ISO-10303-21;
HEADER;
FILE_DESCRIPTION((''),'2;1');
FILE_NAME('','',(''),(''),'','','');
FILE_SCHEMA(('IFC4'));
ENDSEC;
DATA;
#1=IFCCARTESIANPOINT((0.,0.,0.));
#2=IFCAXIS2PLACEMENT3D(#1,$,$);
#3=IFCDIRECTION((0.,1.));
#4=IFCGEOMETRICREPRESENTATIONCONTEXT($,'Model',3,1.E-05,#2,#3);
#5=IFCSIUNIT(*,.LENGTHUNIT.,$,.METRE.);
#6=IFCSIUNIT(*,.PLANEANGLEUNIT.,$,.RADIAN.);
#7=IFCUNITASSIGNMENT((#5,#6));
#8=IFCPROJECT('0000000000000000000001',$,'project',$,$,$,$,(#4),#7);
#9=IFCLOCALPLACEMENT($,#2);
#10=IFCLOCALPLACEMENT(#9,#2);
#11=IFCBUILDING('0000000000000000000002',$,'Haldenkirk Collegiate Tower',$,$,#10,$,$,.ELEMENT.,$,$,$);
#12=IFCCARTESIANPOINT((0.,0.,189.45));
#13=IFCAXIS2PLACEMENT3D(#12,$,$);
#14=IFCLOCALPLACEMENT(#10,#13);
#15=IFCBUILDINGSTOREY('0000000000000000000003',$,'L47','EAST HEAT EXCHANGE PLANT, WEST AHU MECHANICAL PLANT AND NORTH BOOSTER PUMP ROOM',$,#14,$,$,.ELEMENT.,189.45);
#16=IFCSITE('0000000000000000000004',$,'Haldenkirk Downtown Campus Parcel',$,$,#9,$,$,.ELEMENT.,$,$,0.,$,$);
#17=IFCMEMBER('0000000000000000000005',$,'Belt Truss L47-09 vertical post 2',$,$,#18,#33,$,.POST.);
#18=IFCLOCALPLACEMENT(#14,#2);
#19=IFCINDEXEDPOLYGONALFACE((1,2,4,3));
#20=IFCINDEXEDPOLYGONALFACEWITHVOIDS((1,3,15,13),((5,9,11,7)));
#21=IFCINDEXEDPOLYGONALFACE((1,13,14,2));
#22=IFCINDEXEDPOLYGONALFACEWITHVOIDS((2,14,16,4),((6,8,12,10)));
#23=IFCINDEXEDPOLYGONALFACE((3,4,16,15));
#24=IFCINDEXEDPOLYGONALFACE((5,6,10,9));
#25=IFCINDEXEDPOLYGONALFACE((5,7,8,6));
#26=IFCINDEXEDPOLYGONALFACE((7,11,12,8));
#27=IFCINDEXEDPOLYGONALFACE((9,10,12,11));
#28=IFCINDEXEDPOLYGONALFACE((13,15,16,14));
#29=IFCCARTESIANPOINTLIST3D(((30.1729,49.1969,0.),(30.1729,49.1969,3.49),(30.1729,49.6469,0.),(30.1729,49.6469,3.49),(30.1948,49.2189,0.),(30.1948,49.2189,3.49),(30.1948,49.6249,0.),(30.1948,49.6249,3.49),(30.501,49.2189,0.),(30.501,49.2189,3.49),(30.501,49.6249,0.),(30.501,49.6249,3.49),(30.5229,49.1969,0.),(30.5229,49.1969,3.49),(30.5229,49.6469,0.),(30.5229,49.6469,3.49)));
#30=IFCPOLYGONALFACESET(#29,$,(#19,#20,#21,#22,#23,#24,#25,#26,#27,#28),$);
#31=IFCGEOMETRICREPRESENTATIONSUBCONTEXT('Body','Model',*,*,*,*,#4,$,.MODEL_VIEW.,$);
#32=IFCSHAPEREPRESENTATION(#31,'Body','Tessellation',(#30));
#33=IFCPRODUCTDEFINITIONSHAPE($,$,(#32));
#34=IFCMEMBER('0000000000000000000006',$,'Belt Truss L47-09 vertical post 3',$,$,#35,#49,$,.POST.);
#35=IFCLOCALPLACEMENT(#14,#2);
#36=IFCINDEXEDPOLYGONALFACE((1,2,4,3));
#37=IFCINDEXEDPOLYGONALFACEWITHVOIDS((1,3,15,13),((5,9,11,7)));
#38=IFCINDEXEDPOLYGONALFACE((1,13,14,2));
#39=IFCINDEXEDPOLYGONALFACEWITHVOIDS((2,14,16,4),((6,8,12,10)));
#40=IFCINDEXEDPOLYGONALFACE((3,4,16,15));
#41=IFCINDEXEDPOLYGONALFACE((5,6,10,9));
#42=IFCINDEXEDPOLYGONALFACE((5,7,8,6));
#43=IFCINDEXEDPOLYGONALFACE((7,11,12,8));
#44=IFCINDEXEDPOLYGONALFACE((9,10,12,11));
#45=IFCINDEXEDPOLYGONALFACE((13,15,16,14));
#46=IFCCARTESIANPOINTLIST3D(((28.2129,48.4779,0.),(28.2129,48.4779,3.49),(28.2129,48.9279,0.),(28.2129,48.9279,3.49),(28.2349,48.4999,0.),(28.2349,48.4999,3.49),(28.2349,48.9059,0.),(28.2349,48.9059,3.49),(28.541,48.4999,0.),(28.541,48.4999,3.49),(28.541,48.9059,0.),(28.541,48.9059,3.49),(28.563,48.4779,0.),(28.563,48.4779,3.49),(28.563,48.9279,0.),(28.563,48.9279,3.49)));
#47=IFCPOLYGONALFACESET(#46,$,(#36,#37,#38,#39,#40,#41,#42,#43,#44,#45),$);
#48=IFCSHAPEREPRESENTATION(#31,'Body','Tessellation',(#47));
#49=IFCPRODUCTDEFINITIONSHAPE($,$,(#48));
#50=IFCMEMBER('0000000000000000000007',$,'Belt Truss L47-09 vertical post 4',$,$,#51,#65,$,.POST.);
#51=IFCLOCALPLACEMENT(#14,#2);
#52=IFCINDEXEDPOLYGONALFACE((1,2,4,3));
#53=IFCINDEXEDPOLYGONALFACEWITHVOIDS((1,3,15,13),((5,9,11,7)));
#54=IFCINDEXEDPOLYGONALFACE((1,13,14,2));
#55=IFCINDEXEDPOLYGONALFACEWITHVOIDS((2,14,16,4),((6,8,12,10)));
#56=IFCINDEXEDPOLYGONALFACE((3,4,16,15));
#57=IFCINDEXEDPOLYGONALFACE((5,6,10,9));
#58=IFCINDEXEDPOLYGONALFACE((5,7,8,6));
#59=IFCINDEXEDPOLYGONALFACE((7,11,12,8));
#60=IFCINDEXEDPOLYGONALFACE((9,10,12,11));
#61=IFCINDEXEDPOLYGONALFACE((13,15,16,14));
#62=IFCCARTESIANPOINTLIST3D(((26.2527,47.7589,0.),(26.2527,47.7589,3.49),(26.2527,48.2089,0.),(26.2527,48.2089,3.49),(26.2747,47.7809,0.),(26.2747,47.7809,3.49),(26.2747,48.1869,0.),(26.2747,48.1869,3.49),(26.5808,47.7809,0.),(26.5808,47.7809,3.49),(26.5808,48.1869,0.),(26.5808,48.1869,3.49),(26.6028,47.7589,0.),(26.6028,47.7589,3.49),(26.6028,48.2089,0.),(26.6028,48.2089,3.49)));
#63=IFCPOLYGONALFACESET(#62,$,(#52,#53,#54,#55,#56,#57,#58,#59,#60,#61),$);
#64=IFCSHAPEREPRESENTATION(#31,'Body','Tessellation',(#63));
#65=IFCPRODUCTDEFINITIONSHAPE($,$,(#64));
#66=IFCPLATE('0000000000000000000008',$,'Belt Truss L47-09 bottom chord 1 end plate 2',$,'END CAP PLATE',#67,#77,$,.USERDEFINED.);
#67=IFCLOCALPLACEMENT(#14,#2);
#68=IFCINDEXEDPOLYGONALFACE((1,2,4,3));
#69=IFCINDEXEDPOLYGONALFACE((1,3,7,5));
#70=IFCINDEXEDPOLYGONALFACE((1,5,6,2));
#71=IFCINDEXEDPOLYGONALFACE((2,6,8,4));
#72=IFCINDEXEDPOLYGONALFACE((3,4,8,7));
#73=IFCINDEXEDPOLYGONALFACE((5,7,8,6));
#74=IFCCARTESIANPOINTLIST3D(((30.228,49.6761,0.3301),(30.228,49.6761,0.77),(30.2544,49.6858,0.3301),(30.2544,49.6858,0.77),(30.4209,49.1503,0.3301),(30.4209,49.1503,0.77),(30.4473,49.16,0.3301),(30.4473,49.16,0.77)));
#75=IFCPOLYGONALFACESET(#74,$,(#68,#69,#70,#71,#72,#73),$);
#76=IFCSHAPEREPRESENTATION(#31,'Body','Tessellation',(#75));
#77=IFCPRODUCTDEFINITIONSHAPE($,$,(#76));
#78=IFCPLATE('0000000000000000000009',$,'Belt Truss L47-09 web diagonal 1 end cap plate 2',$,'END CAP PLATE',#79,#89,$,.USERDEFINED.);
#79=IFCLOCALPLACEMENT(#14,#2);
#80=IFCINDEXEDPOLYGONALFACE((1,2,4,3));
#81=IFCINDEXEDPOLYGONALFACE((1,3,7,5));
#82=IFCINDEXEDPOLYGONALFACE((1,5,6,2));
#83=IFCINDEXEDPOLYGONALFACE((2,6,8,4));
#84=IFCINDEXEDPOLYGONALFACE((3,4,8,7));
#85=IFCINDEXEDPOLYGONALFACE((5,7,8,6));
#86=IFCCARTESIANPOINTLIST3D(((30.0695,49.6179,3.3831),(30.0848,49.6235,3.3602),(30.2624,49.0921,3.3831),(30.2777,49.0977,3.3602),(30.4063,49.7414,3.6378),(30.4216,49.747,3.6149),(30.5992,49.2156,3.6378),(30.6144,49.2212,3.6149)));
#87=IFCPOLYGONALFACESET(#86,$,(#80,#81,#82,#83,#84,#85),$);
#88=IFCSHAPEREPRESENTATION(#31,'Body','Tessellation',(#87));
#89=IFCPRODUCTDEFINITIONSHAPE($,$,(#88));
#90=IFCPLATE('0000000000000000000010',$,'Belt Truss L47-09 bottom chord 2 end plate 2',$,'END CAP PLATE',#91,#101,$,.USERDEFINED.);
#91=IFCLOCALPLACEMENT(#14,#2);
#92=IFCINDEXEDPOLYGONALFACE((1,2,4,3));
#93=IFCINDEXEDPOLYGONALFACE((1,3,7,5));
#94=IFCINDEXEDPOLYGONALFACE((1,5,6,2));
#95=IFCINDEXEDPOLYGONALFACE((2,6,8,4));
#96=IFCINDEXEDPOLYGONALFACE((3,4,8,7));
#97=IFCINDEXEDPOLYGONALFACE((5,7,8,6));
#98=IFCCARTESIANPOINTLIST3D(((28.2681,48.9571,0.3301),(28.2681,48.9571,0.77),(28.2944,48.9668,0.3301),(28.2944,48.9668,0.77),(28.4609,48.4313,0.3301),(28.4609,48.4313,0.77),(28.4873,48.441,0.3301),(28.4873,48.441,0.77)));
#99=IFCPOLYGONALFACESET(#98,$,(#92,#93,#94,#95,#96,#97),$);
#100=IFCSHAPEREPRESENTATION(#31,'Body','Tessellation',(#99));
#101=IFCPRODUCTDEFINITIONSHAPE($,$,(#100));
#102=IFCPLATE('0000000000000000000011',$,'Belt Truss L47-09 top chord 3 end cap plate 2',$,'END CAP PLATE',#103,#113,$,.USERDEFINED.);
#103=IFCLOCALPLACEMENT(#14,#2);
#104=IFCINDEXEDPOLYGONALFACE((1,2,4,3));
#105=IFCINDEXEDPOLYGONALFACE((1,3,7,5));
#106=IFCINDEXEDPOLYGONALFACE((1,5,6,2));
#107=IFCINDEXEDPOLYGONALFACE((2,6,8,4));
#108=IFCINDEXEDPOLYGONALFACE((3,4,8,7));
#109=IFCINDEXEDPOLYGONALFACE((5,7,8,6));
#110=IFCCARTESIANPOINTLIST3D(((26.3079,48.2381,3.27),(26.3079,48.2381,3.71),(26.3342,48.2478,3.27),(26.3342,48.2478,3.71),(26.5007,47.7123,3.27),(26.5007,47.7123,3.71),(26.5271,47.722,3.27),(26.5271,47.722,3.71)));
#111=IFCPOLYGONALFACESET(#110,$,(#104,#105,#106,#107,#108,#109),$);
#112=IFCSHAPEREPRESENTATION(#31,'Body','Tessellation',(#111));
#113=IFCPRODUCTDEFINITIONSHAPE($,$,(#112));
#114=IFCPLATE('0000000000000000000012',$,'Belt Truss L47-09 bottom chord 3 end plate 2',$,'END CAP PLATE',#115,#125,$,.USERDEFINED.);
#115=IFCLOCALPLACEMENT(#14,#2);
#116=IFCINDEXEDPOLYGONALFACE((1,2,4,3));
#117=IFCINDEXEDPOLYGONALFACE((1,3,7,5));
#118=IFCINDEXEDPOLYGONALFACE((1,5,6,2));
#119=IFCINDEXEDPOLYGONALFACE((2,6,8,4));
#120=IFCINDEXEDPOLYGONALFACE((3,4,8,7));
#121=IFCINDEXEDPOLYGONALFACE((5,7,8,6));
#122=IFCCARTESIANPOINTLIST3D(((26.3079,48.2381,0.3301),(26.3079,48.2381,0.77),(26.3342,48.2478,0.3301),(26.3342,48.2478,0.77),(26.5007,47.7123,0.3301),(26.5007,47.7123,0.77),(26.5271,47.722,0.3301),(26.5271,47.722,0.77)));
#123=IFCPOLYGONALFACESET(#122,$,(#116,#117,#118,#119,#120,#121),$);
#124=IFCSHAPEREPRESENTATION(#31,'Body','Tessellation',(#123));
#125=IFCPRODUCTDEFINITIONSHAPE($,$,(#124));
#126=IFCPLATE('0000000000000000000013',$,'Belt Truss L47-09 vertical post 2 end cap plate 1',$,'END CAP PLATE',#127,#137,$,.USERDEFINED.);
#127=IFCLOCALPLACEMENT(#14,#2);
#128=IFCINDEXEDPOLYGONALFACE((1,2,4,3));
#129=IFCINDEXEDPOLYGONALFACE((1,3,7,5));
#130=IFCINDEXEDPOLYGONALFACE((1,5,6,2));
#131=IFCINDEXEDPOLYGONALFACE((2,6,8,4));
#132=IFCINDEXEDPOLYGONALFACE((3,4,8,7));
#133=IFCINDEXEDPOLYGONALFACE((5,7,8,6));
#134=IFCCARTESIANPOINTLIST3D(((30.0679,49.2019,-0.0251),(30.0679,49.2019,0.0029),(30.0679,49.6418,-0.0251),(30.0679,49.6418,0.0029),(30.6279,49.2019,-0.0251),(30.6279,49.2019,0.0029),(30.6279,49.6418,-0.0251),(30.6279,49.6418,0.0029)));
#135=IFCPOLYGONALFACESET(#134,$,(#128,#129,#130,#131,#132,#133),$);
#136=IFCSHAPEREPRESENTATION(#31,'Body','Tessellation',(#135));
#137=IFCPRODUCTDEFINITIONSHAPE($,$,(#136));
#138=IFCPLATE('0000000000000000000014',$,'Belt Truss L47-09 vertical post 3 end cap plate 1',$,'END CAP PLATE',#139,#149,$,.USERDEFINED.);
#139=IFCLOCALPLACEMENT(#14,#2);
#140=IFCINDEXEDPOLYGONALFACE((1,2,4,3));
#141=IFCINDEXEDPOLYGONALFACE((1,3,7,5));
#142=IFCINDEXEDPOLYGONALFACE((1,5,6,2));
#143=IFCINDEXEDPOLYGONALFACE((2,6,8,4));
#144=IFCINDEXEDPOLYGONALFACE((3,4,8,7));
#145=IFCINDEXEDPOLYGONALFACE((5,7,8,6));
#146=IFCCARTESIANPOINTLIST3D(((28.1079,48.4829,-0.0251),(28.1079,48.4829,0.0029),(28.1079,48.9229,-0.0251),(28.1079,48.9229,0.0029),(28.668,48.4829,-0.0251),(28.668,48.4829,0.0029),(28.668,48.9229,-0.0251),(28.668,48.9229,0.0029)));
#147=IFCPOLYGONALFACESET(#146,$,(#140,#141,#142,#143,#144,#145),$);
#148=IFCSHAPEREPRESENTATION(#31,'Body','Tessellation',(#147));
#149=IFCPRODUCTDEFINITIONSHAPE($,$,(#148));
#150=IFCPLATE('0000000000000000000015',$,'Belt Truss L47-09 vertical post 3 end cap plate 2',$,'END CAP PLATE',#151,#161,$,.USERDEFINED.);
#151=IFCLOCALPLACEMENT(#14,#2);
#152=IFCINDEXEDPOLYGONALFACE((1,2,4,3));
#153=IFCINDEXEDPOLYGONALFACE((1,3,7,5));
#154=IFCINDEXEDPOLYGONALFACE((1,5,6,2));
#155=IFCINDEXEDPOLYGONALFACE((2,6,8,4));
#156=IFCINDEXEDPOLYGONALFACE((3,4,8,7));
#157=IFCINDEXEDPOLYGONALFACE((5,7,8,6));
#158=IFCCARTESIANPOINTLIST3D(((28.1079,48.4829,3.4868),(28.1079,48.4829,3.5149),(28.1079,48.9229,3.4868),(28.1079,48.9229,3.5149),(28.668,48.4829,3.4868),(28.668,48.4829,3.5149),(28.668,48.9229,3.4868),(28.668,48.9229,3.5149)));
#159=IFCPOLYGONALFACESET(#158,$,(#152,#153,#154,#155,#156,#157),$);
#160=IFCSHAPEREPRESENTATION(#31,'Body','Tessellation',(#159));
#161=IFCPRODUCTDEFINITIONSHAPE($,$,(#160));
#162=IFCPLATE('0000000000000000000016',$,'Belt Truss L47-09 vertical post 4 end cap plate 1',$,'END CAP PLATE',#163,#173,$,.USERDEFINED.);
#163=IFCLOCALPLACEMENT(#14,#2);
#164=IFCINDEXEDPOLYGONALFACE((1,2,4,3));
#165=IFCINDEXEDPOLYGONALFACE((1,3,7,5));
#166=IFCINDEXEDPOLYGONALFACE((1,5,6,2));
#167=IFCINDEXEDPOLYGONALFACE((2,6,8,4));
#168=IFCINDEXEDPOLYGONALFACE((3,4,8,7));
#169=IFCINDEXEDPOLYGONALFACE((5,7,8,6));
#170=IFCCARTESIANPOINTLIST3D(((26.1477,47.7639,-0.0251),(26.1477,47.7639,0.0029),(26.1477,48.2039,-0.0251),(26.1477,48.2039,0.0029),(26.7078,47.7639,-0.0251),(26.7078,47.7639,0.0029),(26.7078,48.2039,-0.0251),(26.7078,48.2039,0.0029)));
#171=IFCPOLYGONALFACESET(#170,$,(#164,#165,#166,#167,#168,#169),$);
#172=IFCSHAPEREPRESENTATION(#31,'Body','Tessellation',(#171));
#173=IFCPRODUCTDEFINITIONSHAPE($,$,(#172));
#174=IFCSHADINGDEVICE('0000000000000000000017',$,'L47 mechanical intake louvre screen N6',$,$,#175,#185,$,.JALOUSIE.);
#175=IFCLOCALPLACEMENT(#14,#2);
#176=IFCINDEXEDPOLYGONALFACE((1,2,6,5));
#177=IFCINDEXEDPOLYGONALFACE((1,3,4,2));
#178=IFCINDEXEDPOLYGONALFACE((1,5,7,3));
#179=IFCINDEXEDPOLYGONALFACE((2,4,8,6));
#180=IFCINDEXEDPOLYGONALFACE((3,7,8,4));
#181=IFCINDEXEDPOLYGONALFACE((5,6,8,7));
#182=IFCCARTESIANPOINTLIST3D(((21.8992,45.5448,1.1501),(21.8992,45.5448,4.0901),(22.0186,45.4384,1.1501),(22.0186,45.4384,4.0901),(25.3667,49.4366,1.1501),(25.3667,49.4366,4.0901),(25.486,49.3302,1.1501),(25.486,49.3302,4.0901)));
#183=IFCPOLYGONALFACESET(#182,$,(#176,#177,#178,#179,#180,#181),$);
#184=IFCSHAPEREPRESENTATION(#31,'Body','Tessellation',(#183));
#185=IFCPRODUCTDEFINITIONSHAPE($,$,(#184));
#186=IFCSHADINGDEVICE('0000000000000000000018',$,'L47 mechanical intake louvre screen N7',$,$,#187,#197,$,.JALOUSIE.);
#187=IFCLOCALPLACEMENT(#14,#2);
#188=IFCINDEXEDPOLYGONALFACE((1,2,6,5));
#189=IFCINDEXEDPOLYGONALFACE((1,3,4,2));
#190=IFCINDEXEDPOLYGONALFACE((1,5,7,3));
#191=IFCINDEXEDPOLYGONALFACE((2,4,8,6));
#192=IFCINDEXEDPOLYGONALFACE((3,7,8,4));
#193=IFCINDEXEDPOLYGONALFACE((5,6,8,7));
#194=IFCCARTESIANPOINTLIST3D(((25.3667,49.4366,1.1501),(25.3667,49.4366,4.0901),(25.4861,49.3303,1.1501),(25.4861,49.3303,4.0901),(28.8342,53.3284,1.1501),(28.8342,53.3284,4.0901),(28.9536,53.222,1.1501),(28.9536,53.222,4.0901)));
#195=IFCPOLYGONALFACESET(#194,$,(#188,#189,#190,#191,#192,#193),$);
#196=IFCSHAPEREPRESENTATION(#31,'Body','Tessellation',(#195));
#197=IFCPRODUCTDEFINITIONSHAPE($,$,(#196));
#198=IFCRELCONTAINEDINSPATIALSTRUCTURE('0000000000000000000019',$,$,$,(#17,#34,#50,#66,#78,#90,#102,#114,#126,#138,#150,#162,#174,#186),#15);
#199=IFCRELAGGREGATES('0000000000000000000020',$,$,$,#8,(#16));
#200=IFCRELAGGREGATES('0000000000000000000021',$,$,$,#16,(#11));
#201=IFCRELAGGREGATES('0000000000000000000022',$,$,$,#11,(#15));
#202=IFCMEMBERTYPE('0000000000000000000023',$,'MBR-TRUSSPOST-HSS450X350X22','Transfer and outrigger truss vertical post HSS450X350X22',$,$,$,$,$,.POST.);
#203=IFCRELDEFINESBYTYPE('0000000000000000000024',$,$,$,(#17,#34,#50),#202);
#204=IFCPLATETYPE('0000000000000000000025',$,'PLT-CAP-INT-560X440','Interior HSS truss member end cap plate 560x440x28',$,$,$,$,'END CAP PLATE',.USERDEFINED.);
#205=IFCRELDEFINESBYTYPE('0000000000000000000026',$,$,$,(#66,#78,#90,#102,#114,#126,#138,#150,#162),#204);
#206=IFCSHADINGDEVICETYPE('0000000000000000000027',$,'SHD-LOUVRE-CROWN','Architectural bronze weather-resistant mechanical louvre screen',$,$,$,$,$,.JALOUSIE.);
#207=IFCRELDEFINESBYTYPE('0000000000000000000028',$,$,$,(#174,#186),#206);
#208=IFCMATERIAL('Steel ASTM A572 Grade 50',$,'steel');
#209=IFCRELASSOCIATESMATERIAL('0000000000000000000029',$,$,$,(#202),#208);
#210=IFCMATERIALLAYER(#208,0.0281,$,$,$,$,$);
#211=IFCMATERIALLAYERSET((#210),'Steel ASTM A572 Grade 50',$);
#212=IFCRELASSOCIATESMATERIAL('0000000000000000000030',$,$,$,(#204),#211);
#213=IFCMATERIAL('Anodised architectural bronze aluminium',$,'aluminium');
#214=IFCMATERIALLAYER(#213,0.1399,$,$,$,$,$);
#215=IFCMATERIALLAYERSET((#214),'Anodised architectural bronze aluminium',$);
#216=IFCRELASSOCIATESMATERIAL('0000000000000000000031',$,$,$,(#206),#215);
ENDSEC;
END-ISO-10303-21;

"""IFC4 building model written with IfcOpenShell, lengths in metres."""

from ifc_helpers import new_model, si_unit, direction, frame, origin, origin_2d, place, context, subcontext, project, spatial, rectangle, hollow_rectangle, extrude, source, transform, mapped, material, layer, layer_set, material_profile, profile_set, type_object, element, save


model = new_model("IFC4")

# Units and contexts
model_context = context("Model", 3, precision=1e-05, world=origin(), true_north=direction((0.0, 1.0)))
body_context = subcontext(model_context, "Body", "Model", "MODEL_VIEW")
ifc_project = project(units=[si_unit("LENGTHUNIT", "METRE"), si_unit("PLANEANGLEUNIT", "RADIAN")], contexts=[model_context])

# Site, building, storey
site_placement = place(None, origin())
site = spatial("IfcSite", under=ifc_project, at=site_placement, Name="Haldenkirk Downtown Campus Parcel", CompositionType="ELEMENT", RefElevation=0.0)
building_placement = place(site_placement, origin())
building = spatial("IfcBuilding", under=site, at=building_placement, Name="Haldenkirk Collegiate Tower", CompositionType="ELEMENT")
storey_placement = place(building_placement, frame((0.0, 0.0, 189.45)))
storey = spatial("IfcBuildingStorey", under=building, at=storey_placement, Name="L47", Description="EAST HEAT EXCHANGE PLANT, WEST AHU MECHANICAL PLANT AND NORTH BOOSTER PUMP ROOM", CompositionType="ELEMENT", Elevation=189.45)

# Members
ifc_material_1 = material(Name="Steel ASTM A572 Grade 50", Category="steel")
ifc_material_profile_1 = material_profile(ifc_material_1, hollow_rectangle(XDim=0.3501, YDim=0.45, WallThickness=0.022, at=origin_2d()), Name="HSS450X350X22")
ifc_profile_set_1 = profile_set([ifc_material_profile_1], Name="Steel ASTM A572 Grade 50")
member_type_1 = type_object("IfcMemberType", Name="MBR-TRUSSPOST-HSS450X350X22", Description="Transfer and outrigger truss vertical post HSS450X350X22", PredefinedType="POST", material=ifc_profile_set_1)
for number, where, z_axis, x_axis, name in (
    (1, (30.3479, 49.4219, 0.0), (0.0, 0.0, 1.0), (1.0, 0.0, 0.0), "Belt Truss L47-09 vertical post 2"),
    (2, (28.3879, 48.7029, 0.0), (0.0, 0.0, 1.0), (1.0, 0.0, 0.0), "Belt Truss L47-09 vertical post 3"),
    (3, (26.4277, 47.9839, 0.0), (0.0, 0.0, 1.0), (1.0, 0.0, 0.0), "Belt Truss L47-09 vertical post 4"),
):
    element("IfcMember", number, at=place(storey_placement, frame(where, z_axis=z_axis, x_axis=x_axis)), inside=storey, type_object=member_type_1, Name=name, PredefinedType="POST", context=body_context, shape_type="SweptSolid", body=[
        extrude(hollow_rectangle(XDim=0.3501, YDim=0.45, WallThickness=0.022, at=origin_2d()), origin(), (0.0, 0.0, 1.0), 3.49),
    ])

# Plates
ifc_layer_1 = layer(ifc_material_1, 0.0281)
ifc_layer_set_1 = layer_set([ifc_layer_1], Name="Steel ASTM A572 Grade 50")
plate_type = type_object("IfcPlateType", Name="PLT-CAP-INT-560X440", Description="Interior HSS truss member end cap plate 560x440x28", ElementType="END CAP PLATE", PredefinedType="USERDEFINED", material=ifc_layer_set_1)
shared_shape_1 = source(origin(), body_context, "Body", "SweptSolid", [
    extrude(rectangle(XDim=0.5601, YDim=0.4399, at=origin_2d()), origin(), (0.0, 0.0, 1.0), 0.0281),
])
for number, where, z_axis, x_axis, name in (
    (4, (30.3508, 49.4229, 0.55), (-0.938834, -0.34437, 0.0), (0.34437, -0.938834, 0.0), "Belt Truss L47-09 bottom chord 1 end plate 2"),
    (5, (30.3496, 49.4224, 3.4875), (-0.5436, -0.199392, 0.815317), (0.344364, -0.938836, 0.0), "Belt Truss L47-09 web diagonal 1 end cap plate 2"),
    (6, (28.3909, 48.7039, 0.55), (-0.938834, -0.34437, 0.0), (0.34437, -0.938834, 0.0), "Belt Truss L47-09 bottom chord 2 end plate 2"),
    (7, (26.4307, 47.9849, 3.49), (-0.938836, -0.344364, 0.0), (0.344364, -0.938836, 0.0), "Belt Truss L47-09 top chord 3 end cap plate 2"),
    (8, (26.4307, 47.9849, 0.55), (-0.938834, -0.34437, 0.0), (0.34437, -0.938834, 0.0), "Belt Truss L47-09 bottom chord 3 end plate 2"),
    (9, (30.3479, 49.4219, 0.0029), (0.0, 0.0, -1.0), (1.0, 0.0, 0.0), "Belt Truss L47-09 vertical post 2 end cap plate 1"),
    (10, (28.3879, 48.7029, 0.0029), (0.0, 0.0, -1.0), (1.0, 0.0, 0.0), "Belt Truss L47-09 vertical post 3 end cap plate 1"),
    (11, (28.3879, 48.7029, 3.4868), (0.0, 0.0, 1.0), (1.0, 0.0, 0.0), "Belt Truss L47-09 vertical post 3 end cap plate 2"),
    (12, (26.4277, 47.9839, 0.0029), (0.0, 0.0, -1.0), (1.0, 0.0, 0.0), "Belt Truss L47-09 vertical post 4 end cap plate 1"),
):
    element("IfcPlate", number, at=place(storey_placement, frame(where, z_axis=z_axis, x_axis=x_axis)), inside=storey, type_object=plate_type, Name=name, ObjectType="END CAP PLATE", PredefinedType="USERDEFINED", context=body_context, shape_type="MappedRepresentation", body=[
        mapped(shared_shape_1, transform((0.0, 0.0, 0.0), x_axis=(1.0, 0.0, 0.0), y_axis=(0.0, 1.0, 0.0), z_axis=(0.0, 0.0, 1.0), scale=1.0)),
    ])

# Shading devices
ifc_material_2 = material(Name="Anodised architectural bronze aluminium", Category="aluminium")
ifc_layer_2 = layer(ifc_material_2, 0.1399)
ifc_layer_set_2 = layer_set([ifc_layer_2], Name="Anodised architectural bronze aluminium")
shading_device_type = type_object("IfcShadingDeviceType", Name="SHD-LOUVRE-CROWN", Description="Architectural bronze weather-resistant mechanical louvre screen", PredefinedType="JALOUSIE", material=ifc_layer_set_2)
shared_shape_2 = source(origin(), body_context, "Body", "SweptSolid", [
    extrude(rectangle(XDim=5.2124, YDim=0.1599, at=origin_2d()), origin(), (0.0, 0.0, 1.0), 2.9399),
])
for number, where, z_axis, x_axis, name in (
    (13, (23.6926, 47.4375, 1.1501), (0.0, 0.0, 1.0), (0.66523, 0.746638, 0.0), "L47 mechanical intake louvre screen N6"),
    (14, (27.1602, 51.3293, 1.1501), (0.0, 0.0, 1.0), (0.66523, 0.746638, 0.0), "L47 mechanical intake louvre screen N7"),
):
    element("IfcShadingDevice", number, at=place(storey_placement, frame(where, z_axis=z_axis, x_axis=x_axis)), inside=storey, type_object=shading_device_type, Name=name, PredefinedType="JALOUSIE", context=body_context, shape_type="MappedRepresentation", body=[
        mapped(shared_shape_2, transform((0.0, 0.0, 0.0), x_axis=(1.0, 0.0, 0.0), y_axis=(0.0, 1.0, 0.0), z_axis=(0.0, 0.0, 1.0), scale=1.0)),
    ])

save(model, "model.ifc")
